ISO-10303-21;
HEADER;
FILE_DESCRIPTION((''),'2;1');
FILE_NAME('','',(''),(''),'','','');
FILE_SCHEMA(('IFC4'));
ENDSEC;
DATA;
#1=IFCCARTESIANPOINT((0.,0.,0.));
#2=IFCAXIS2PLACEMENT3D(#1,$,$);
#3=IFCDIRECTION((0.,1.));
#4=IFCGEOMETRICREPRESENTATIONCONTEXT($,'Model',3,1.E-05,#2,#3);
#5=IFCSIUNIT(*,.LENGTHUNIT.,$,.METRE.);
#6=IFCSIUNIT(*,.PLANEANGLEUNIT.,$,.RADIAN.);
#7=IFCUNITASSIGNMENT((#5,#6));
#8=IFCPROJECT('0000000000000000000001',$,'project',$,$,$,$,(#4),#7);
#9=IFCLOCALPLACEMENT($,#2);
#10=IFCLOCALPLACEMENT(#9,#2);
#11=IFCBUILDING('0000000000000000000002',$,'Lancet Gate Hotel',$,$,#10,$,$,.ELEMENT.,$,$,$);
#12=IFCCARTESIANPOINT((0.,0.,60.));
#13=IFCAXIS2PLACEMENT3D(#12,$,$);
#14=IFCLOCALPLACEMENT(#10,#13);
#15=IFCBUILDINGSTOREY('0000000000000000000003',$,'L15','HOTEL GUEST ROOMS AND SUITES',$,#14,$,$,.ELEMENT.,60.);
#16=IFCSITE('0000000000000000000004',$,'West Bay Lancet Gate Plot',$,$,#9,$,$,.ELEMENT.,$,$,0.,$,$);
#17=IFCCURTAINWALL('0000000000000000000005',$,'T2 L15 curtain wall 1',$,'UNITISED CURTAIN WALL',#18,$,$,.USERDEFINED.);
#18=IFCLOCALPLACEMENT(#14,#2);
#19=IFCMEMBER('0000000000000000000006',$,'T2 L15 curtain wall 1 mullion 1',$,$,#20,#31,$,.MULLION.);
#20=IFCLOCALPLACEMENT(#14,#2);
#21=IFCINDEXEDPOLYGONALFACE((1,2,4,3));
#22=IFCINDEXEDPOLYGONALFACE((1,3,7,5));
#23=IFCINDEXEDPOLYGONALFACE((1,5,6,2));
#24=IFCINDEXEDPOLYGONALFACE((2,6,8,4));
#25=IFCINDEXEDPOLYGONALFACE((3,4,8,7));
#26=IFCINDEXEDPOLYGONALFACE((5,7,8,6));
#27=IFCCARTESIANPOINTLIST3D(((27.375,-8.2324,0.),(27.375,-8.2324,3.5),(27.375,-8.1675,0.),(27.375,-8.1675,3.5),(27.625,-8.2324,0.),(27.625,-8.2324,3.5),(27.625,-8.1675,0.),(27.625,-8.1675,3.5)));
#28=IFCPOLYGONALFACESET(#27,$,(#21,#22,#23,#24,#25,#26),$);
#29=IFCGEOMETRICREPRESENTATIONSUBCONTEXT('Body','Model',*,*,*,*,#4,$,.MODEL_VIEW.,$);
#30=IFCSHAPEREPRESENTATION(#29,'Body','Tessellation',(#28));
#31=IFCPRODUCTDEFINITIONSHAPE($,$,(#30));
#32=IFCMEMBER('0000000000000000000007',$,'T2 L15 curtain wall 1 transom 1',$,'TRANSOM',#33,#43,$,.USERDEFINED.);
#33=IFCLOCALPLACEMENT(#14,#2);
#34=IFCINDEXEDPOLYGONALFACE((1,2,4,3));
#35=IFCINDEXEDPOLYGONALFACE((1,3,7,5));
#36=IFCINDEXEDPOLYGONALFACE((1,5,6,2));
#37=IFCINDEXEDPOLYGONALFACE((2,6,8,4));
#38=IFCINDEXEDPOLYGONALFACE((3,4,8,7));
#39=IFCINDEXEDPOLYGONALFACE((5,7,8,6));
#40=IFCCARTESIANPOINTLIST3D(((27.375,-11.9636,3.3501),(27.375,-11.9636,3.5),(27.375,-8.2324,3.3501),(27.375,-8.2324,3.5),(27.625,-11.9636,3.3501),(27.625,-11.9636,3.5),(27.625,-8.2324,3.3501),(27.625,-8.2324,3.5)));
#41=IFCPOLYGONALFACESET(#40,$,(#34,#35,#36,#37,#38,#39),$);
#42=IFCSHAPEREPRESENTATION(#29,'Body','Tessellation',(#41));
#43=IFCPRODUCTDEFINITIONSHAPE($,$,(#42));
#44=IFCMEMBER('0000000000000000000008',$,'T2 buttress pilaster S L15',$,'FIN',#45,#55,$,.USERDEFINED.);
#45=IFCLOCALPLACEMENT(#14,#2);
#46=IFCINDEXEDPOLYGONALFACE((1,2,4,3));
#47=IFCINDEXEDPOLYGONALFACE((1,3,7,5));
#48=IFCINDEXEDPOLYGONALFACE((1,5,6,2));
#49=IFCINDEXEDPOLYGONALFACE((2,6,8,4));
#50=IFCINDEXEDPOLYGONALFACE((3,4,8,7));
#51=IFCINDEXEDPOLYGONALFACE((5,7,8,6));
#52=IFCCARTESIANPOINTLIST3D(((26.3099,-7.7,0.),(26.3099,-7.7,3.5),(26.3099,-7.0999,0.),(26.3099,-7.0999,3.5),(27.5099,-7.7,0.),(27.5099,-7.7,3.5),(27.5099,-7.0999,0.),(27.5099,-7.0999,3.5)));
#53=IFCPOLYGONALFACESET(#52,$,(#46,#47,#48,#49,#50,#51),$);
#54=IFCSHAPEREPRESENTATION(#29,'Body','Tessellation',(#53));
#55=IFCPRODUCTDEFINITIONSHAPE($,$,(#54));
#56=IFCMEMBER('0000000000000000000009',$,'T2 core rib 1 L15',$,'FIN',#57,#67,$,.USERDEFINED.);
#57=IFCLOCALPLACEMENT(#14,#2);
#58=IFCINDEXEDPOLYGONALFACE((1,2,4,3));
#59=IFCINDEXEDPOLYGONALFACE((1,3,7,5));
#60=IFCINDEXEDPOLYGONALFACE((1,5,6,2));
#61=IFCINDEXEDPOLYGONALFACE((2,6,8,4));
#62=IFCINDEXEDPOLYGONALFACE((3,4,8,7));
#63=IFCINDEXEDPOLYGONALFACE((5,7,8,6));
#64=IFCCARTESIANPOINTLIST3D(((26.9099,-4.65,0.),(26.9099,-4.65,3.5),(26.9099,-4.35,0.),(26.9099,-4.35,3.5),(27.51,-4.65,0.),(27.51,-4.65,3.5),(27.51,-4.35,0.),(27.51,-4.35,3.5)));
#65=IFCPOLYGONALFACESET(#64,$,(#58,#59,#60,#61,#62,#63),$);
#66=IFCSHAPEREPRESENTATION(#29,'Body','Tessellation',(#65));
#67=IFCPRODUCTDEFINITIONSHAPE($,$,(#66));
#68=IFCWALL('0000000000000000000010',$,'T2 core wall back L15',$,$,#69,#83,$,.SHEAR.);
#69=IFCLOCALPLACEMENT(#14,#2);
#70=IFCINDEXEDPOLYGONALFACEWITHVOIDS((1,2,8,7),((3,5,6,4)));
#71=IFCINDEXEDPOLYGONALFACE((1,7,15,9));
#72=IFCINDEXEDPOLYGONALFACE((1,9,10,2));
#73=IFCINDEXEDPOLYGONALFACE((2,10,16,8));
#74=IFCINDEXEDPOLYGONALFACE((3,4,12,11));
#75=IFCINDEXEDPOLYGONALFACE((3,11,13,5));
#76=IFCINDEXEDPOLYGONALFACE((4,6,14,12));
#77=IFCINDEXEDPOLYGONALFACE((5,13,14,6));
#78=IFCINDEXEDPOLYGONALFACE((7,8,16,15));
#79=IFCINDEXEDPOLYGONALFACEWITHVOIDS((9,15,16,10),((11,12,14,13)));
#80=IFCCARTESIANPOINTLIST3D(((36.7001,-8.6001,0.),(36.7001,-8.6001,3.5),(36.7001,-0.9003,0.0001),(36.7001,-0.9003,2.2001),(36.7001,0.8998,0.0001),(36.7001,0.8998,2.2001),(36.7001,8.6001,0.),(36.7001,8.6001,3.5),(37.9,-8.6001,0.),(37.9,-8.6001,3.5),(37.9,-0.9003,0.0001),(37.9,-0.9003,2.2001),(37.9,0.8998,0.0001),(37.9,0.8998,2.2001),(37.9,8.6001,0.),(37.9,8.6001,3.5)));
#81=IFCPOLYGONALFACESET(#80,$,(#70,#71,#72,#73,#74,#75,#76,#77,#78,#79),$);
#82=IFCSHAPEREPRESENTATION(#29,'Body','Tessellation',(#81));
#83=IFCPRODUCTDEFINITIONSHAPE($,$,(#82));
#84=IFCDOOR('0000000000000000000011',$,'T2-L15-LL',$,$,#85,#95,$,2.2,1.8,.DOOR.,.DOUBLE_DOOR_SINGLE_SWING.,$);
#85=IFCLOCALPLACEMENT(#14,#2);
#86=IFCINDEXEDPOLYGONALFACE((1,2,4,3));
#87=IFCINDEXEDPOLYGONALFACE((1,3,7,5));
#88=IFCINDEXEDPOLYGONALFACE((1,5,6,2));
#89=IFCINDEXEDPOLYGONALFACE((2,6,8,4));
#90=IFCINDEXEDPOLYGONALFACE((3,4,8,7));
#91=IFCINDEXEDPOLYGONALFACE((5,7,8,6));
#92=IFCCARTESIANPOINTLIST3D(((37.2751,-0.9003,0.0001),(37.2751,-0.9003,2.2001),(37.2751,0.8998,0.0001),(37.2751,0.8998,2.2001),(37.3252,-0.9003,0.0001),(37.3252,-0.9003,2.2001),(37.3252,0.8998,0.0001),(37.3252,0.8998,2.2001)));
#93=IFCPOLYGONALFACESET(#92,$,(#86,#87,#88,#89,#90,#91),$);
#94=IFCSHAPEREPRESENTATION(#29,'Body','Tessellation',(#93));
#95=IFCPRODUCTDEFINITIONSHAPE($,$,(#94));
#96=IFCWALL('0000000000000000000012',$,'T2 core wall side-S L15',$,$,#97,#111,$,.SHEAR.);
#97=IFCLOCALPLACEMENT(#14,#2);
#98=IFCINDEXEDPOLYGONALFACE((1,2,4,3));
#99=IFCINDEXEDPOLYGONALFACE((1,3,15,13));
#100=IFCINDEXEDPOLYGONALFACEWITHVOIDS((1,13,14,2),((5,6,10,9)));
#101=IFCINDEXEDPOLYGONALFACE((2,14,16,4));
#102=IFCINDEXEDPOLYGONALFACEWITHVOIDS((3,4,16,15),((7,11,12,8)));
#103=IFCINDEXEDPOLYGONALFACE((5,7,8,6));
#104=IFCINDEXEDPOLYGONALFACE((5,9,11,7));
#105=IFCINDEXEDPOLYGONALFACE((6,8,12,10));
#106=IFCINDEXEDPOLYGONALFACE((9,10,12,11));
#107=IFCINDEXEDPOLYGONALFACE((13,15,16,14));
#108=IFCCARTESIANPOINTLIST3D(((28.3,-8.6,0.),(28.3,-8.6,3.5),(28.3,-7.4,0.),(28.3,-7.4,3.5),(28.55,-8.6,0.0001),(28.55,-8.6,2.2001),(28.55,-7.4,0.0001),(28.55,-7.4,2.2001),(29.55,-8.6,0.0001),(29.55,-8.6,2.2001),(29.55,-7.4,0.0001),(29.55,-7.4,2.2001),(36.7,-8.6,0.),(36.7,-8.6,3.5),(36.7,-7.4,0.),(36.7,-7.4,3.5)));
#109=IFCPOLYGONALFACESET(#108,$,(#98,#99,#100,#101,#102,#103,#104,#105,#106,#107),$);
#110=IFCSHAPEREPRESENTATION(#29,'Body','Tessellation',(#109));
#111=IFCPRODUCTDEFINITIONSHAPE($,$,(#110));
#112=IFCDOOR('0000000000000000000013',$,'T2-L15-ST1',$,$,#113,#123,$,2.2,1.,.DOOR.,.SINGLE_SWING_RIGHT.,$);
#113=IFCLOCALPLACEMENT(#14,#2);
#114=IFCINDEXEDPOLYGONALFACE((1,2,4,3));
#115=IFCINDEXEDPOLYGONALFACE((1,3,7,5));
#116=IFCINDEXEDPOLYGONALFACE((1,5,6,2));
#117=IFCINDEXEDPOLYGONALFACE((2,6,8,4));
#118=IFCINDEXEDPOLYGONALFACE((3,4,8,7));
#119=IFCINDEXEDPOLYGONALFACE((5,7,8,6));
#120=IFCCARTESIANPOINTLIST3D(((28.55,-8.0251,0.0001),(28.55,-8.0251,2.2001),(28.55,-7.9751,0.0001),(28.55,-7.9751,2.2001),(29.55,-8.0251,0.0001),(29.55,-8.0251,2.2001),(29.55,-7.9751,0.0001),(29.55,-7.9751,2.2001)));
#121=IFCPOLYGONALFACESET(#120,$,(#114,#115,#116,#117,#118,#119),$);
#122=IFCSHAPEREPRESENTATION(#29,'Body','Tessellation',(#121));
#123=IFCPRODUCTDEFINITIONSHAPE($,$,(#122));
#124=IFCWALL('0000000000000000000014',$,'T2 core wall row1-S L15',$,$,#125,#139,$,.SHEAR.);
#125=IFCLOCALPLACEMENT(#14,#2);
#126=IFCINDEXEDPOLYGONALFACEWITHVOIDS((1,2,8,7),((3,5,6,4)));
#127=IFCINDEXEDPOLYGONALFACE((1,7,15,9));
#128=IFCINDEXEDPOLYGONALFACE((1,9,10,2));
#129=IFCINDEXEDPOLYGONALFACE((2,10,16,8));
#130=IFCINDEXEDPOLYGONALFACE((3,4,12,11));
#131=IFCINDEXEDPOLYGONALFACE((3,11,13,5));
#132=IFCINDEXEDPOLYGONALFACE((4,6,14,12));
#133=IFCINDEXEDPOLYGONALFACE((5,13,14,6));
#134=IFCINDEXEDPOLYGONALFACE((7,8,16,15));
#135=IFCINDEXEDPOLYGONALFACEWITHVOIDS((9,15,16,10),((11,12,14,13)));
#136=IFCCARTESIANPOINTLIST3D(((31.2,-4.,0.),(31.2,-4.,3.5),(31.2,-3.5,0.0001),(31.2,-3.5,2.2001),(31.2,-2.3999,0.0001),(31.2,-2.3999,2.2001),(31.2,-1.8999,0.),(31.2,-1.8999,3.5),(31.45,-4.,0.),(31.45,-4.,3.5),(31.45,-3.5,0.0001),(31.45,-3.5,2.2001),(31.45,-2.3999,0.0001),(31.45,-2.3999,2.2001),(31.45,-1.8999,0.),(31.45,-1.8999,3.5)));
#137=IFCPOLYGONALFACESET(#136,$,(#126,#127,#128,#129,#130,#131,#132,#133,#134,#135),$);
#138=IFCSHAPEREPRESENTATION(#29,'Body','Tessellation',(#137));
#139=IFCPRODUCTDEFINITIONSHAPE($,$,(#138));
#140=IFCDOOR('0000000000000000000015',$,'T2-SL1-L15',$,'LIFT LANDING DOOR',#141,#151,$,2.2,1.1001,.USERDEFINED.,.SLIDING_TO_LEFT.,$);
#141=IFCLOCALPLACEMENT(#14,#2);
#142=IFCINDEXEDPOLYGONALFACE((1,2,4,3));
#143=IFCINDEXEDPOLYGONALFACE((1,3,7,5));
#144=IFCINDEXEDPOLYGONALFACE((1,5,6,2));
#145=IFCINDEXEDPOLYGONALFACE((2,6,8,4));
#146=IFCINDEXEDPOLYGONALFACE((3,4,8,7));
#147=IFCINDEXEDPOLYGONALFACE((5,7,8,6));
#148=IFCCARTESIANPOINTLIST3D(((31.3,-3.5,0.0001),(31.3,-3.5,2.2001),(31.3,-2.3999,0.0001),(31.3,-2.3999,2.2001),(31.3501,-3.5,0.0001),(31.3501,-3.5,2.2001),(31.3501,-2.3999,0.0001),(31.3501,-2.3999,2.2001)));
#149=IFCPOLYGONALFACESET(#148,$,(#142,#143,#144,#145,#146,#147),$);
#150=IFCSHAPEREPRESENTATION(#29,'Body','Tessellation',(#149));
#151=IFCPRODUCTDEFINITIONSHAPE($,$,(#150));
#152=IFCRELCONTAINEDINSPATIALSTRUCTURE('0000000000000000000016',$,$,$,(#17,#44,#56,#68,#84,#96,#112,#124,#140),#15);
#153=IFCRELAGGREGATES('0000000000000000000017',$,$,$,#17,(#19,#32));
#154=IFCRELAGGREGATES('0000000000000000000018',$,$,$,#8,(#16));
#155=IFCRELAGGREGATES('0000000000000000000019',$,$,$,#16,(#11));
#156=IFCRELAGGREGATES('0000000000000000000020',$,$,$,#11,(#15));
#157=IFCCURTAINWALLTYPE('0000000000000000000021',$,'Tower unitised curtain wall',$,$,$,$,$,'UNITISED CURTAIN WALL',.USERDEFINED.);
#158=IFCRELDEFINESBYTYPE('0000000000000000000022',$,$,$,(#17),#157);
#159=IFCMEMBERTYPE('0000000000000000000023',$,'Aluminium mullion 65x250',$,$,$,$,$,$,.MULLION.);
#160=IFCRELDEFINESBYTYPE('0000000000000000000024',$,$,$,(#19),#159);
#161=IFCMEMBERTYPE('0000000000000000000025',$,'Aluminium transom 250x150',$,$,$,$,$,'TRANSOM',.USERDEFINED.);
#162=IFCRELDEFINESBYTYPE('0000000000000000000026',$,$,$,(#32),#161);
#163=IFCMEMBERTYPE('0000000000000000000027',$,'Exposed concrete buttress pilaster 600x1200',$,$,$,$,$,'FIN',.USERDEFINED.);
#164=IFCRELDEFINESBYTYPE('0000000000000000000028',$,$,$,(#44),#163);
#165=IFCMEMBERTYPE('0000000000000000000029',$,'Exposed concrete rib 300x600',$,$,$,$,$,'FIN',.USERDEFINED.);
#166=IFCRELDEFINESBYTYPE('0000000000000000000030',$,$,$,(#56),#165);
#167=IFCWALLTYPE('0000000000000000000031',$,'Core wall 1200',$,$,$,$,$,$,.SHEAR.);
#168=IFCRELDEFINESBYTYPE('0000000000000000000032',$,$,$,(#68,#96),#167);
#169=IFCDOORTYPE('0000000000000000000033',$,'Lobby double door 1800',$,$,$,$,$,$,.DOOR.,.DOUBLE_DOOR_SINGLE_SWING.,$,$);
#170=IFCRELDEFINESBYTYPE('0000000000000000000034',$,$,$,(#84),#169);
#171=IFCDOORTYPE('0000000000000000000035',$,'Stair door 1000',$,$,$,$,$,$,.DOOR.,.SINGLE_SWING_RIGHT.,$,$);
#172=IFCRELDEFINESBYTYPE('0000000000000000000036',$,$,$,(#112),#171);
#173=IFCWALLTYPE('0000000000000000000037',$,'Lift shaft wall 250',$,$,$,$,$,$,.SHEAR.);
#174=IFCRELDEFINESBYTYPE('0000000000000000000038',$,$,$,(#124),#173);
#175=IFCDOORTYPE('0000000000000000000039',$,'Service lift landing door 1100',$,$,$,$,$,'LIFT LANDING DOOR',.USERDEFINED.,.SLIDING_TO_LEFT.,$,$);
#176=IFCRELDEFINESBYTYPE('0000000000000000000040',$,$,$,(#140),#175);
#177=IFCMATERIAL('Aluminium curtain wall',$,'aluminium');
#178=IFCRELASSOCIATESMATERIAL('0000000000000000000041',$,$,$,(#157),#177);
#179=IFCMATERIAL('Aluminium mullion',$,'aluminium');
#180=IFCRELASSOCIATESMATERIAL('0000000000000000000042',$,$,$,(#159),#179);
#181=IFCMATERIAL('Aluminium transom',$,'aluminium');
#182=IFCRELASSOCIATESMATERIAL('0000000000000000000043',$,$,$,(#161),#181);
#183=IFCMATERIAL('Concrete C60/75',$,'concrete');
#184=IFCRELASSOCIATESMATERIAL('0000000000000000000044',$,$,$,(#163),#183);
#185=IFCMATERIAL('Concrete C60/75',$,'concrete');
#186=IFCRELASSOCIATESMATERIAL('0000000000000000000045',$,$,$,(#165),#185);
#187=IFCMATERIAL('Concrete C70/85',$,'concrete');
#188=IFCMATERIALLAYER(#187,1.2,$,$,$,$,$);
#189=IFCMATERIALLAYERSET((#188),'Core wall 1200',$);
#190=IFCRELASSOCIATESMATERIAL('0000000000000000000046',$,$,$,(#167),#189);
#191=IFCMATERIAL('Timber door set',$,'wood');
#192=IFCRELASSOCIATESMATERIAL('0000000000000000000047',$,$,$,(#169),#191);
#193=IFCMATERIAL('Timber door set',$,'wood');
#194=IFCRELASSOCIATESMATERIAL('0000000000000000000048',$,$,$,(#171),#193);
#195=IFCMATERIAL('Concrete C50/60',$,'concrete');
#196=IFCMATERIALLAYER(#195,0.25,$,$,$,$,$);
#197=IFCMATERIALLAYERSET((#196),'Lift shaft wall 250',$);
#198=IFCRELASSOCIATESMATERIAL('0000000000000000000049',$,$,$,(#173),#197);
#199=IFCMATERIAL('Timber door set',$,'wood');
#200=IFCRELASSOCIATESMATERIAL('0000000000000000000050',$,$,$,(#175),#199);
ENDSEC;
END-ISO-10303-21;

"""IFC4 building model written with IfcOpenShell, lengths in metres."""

from ifc_helpers import new_model, si_unit, direction, frame, frame_2d, origin, origin_2d, place, context, subcontext, project, spatial, rectangle, extrude, material, layer, layer_set, material_profile, profile_set, type_object, element, fill, aggregate, save


model = new_model("IFC4")

# Units and contexts
model_context = context("Model", 3, precision=1e-05, world=origin(), true_north=direction((0.0, 1.0)))
body_context = subcontext(model_context, "Body", "Model", "MODEL_VIEW")
ifc_project = project(units=[si_unit("LENGTHUNIT", "METRE"), si_unit("PLANEANGLEUNIT", "RADIAN")], contexts=[model_context])

# Site, building, storey
site_placement = place(None, origin())
site = spatial("IfcSite", under=ifc_project, at=site_placement, Name="West Bay Lancet Gate Plot", CompositionType="ELEMENT", RefElevation=0.0)
building_placement = place(site_placement, origin())
building = spatial("IfcBuilding", under=site, at=building_placement, Name="Lancet Gate Hotel", CompositionType="ELEMENT")
storey_placement = place(building_placement, frame((0.0, 0.0, 60.0)))
storey = spatial("IfcBuildingStorey", under=building, at=storey_placement, Name="L15", Description="HOTEL GUEST ROOMS AND SUITES", CompositionType="ELEMENT", Elevation=60.0)

# Curtain wall, members
ifc_material_1 = material(Name="Aluminium curtain wall", Category="aluminium")
curtain_wall_type = type_object("IfcCurtainWallType", Name="Tower unitised curtain wall", ElementType="UNITISED CURTAIN WALL", PredefinedType="USERDEFINED", material=ifc_material_1)
curtain_wall_placement = place(storey_placement, origin())
curtain_wall = element("IfcCurtainWall", 1, at=curtain_wall_placement, inside=storey, type_object=curtain_wall_type, Name="T2 L15 curtain wall 1", ObjectType="UNITISED CURTAIN WALL", PredefinedType="USERDEFINED")
ifc_material_2 = material(Name="Aluminium mullion", Category="aluminium")
ifc_material_profile_1 = material_profile(ifc_material_2, rectangle(XDim=0.0649, YDim=0.25, at=origin_2d()), Name="MULLION 65x250")
ifc_profile_set_1 = profile_set([ifc_material_profile_1], Name="Aluminium mullion")
member_type_1 = type_object("IfcMemberType", Name="Aluminium mullion 65x250", PredefinedType="MULLION", material=ifc_profile_set_1)
member_1_placement = place(storey_placement, frame((27.5, -8.2, 0.0), z_axis=(0.0, 0.0, 1.0), x_axis=(0.0, -1.0, 0.0)))
member_1 = element("IfcMember", 2, at=member_1_placement, type_object=member_type_1, Name="T2 L15 curtain wall 1 mullion 1", PredefinedType="MULLION", context=body_context, shape_type="SweptSolid", body=[
    extrude(rectangle(XDim=0.0649, YDim=0.25, at=origin_2d()), origin(), (0.0, 0.0, 1.0), 3.5),
])
ifc_material_3 = material(Name="Aluminium transom", Category="aluminium")
ifc_material_profile_2 = material_profile(ifc_material_3, rectangle(XDim=0.25, YDim=0.1499, at=origin_2d()), Name="TRANSOM 250x150")
ifc_profile_set_2 = profile_set([ifc_material_profile_2], Name="Aluminium transom")
member_type_2 = type_object("IfcMemberType", Name="Aluminium transom 250x150", ElementType="TRANSOM", PredefinedType="USERDEFINED", material=ifc_profile_set_2)
member_2_placement = place(storey_placement, frame((27.5, -8.2324, 3.425), z_axis=(0.0, -1.0, 0.0), x_axis=(1.0, 0.0, 0.0)))
member_2 = element("IfcMember", 3, at=member_2_placement, type_object=member_type_2, Name="T2 L15 curtain wall 1 transom 1", ObjectType="TRANSOM", PredefinedType="USERDEFINED", context=body_context, shape_type="SweptSolid", body=[
    extrude(rectangle(XDim=0.25, YDim=0.1499, at=origin_2d()), origin(), (0.0, 0.0, 1.0), 3.7312),
])
aggregate(curtain_wall, [member_1, member_2])

# Members
ifc_material_4 = material(Name="Concrete C60/75", Category="concrete")
ifc_material_profile_3 = material_profile(ifc_material_4, rectangle(XDim=0.6001, YDim=1.2, at=origin_2d()), Name="FIN 600x1200")
ifc_profile_set_3 = profile_set([ifc_material_profile_3], Name="Concrete C60/75")
member_type_3 = type_object("IfcMemberType", Name="Exposed concrete buttress pilaster 600x1200", ElementType="FIN", PredefinedType="USERDEFINED", material=ifc_profile_set_3)
member_3_placement = place(storey_placement, frame((26.9099, -7.3999, 0.0), z_axis=(0.0, 0.0, 1.0), x_axis=(0.0, 1.0, 0.0)))
element("IfcMember", 4, at=member_3_placement, inside=storey, type_object=member_type_3, Name="T2 buttress pilaster S L15", ObjectType="FIN", PredefinedType="USERDEFINED", context=body_context, shape_type="SweptSolid", body=[
    extrude(rectangle(XDim=0.6001, YDim=1.2, at=origin_2d()), origin(), (0.0, 0.0, 1.0), 3.5),
])
ifc_material_5 = material(Name="Concrete C60/75", Category="concrete")
ifc_material_profile_4 = material_profile(ifc_material_5, rectangle(XDim=0.3, YDim=0.6001, at=origin_2d()), Name="FIN 300x600")
ifc_profile_set_4 = profile_set([ifc_material_profile_4], Name="Concrete C60/75")
member_type_4 = type_object("IfcMemberType", Name="Exposed concrete rib 300x600", ElementType="FIN", PredefinedType="USERDEFINED", material=ifc_profile_set_4)
member_4_placement = place(storey_placement, frame((27.21, -4.5, 0.0), z_axis=(0.0, 0.0, 1.0), x_axis=(0.0, 1.0, 0.0)))
element("IfcMember", 5, at=member_4_placement, inside=storey, type_object=member_type_4, Name="T2 core rib 1 L15", ObjectType="FIN", PredefinedType="USERDEFINED", context=body_context, shape_type="SweptSolid", body=[
    extrude(rectangle(XDim=0.3, YDim=0.6001, at=origin_2d()), origin(), (0.0, 0.0, 1.0), 3.5),
])

# Walls, openings, doors
ifc_material_6 = material(Name="Concrete C70/85", Category="concrete")
ifc_layer_1 = layer(ifc_material_6, 1.2)
ifc_layer_set_1 = layer_set([ifc_layer_1], Name="Core wall 1200")
wall_type_1 = type_object("IfcWallType", Name="Core wall 1200", PredefinedType="SHEAR", material=ifc_layer_set_1)
wall_1_placement = place(storey_placement, frame((37.3, -8.6001, 0.0), z_axis=(0.0, 0.0, 1.0), x_axis=(0.0, 1.0, 0.0)))
wall_1 = element("IfcWall", 6, at=wall_1_placement, inside=storey, type_object=wall_type_1, Name="T2 core wall back L15", PredefinedType="SHEAR", context=body_context, shape_type="SweptSolid", body=[
    extrude(rectangle(XDim=17.2002, YDim=1.2, at=frame_2d((8.6001, 0.0))), origin(), (0.0, 0.0, 1.0), 3.5),
])
opening_1_placement = place(wall_1_placement, frame((7.7, 0.0, 0.0)))
opening_1 = element("IfcOpeningElement", 7, at=opening_1_placement, cuts=wall_1, PredefinedType="OPENING", context=body_context, shape_type="SweptSolid", body=[
    extrude(rectangle(XDim=1.8, YDim=2.2, at=frame_2d((0.8999, 1.1001))), frame((0.0, 0.6099, 0.0), z_axis=(0.0, -1.0, 0.0), x_axis=(1.0, 0.0, 0.0)), (0.0, 0.0, 1.0), 1.22),
])
ifc_material_7 = material(Name="Timber door set", Category="wood")
door_type_1 = type_object("IfcDoorType", Name="Lobby double door 1800", OperationType="DOUBLE_DOOR_SINGLE_SWING", PredefinedType="DOOR", material=ifc_material_7)
door_1_placement = place(opening_1_placement, origin())
door_1 = element("IfcDoor", 8, at=door_1_placement, inside=storey, type_object=door_type_1, Name="T2-L15-LL", OperationType="DOUBLE_DOOR_SINGLE_SWING", OverallHeight=2.2, OverallWidth=1.8, PredefinedType="DOOR", context=body_context, shape_type="SweptSolid", body=[
    extrude(rectangle(XDim=1.8, YDim=2.2, at=frame_2d((0.8999, 1.1001))), frame((0.0, 0.0249, 0.0), z_axis=(0.0, -1.0, 0.0), x_axis=(1.0, 0.0, 0.0)), (0.0, 0.0, 1.0), 0.05),
])
fill(opening_1, door_1)
wall_2_placement = place(storey_placement, frame((28.3, -8.0, 0.0), z_axis=(0.0, 0.0, 1.0), x_axis=(1.0, 0.0, 0.0)))
wall_2 = element("IfcWall", 9, at=wall_2_placement, inside=storey, type_object=wall_type_1, Name="T2 core wall side-S L15", PredefinedType="SHEAR", context=body_context, shape_type="SweptSolid", body=[
    extrude(rectangle(XDim=8.3999, YDim=1.2, at=frame_2d((4.2, 0.0))), origin(), (0.0, 0.0, 1.0), 3.5),
])
opening_2_placement = place(wall_2_placement, frame((0.25, 0.0, 0.0)))
opening_2 = element("IfcOpeningElement", 10, at=opening_2_placement, cuts=wall_2, PredefinedType="OPENING", context=body_context, shape_type="SweptSolid", body=[
    extrude(rectangle(XDim=1.0, YDim=2.2, at=frame_2d((0.5, 1.1001))), frame((0.0, 0.6099, 0.0), z_axis=(0.0, -1.0, 0.0), x_axis=(1.0, 0.0, 0.0)), (0.0, 0.0, 1.0), 1.22),
])
ifc_material_8 = material(Name="Timber door set", Category="wood")
door_type_2 = type_object("IfcDoorType", Name="Stair door 1000", OperationType="SINGLE_SWING_RIGHT", PredefinedType="DOOR", material=ifc_material_8)
door_2_placement = place(opening_2_placement, origin())
door_2 = element("IfcDoor", 11, at=door_2_placement, inside=storey, type_object=door_type_2, Name="T2-L15-ST1", OperationType="SINGLE_SWING_RIGHT", OverallHeight=2.2, OverallWidth=1.0, PredefinedType="DOOR", context=body_context, shape_type="SweptSolid", body=[
    extrude(rectangle(XDim=1.0, YDim=2.2, at=frame_2d((0.5, 1.1001))), frame((0.0, 0.0249, 0.0), z_axis=(0.0, -1.0, 0.0), x_axis=(1.0, 0.0, 0.0)), (0.0, 0.0, 1.0), 0.05),
])
fill(opening_2, door_2)
ifc_material_9 = material(Name="Concrete C50/60", Category="concrete")
ifc_layer_2 = layer(ifc_material_9, 0.25)
ifc_layer_set_2 = layer_set([ifc_layer_2], Name="Lift shaft wall 250")
wall_type_2 = type_object("IfcWallType", Name="Lift shaft wall 250", PredefinedType="SHEAR", material=ifc_layer_set_2)
wall_3_placement = place(storey_placement, frame((31.325, -4.0, 0.0), z_axis=(0.0, 0.0, 1.0), x_axis=(0.0, 1.0, 0.0)))
wall_3 = element("IfcWall", 12, at=wall_3_placement, inside=storey, type_object=wall_type_2, Name="T2 core wall row1-S L15", PredefinedType="SHEAR", context=body_context, shape_type="SweptSolid", body=[
    extrude(rectangle(XDim=2.1001, YDim=0.25, at=frame_2d((1.05, 0.0))), origin(), (0.0, 0.0, 1.0), 3.5),
])
opening_3_placement = place(wall_3_placement, frame((0.5, 0.0, 0.0)))
opening_3 = element("IfcOpeningElement", 13, at=opening_3_placement, cuts=wall_3, PredefinedType="OPENING", context=body_context, shape_type="SweptSolid", body=[
    extrude(rectangle(XDim=1.1001, YDim=2.2, at=frame_2d((0.55, 1.1001))), frame((0.0, 0.135, 0.0), z_axis=(0.0, -1.0, 0.0), x_axis=(1.0, 0.0, 0.0)), (0.0, 0.0, 1.0), 0.27),
])
ifc_material_10 = material(Name="Timber door set", Category="wood")
door_type_3 = type_object("IfcDoorType", Name="Service lift landing door 1100", ElementType="LIFT LANDING DOOR", OperationType="SLIDING_TO_LEFT", PredefinedType="USERDEFINED", material=ifc_material_10)
door_3_placement = place(opening_3_placement, origin())
door_3 = element("IfcDoor", 14, at=door_3_placement, inside=storey, type_object=door_type_3, Name="T2-SL1-L15", ObjectType="LIFT LANDING DOOR", OperationType="SLIDING_TO_LEFT", OverallHeight=2.2, OverallWidth=1.1001, PredefinedType="USERDEFINED", context=body_context, shape_type="SweptSolid", body=[
    extrude(rectangle(XDim=1.1001, YDim=2.2, at=frame_2d((0.55, 1.1001))), frame((0.0, 0.0249, 0.0), z_axis=(0.0, -1.0, 0.0), x_axis=(1.0, 0.0, 0.0)), (0.0, 0.0, 1.0), 0.05),
])
fill(opening_3, door_3)

save(model, "model.ifc")
